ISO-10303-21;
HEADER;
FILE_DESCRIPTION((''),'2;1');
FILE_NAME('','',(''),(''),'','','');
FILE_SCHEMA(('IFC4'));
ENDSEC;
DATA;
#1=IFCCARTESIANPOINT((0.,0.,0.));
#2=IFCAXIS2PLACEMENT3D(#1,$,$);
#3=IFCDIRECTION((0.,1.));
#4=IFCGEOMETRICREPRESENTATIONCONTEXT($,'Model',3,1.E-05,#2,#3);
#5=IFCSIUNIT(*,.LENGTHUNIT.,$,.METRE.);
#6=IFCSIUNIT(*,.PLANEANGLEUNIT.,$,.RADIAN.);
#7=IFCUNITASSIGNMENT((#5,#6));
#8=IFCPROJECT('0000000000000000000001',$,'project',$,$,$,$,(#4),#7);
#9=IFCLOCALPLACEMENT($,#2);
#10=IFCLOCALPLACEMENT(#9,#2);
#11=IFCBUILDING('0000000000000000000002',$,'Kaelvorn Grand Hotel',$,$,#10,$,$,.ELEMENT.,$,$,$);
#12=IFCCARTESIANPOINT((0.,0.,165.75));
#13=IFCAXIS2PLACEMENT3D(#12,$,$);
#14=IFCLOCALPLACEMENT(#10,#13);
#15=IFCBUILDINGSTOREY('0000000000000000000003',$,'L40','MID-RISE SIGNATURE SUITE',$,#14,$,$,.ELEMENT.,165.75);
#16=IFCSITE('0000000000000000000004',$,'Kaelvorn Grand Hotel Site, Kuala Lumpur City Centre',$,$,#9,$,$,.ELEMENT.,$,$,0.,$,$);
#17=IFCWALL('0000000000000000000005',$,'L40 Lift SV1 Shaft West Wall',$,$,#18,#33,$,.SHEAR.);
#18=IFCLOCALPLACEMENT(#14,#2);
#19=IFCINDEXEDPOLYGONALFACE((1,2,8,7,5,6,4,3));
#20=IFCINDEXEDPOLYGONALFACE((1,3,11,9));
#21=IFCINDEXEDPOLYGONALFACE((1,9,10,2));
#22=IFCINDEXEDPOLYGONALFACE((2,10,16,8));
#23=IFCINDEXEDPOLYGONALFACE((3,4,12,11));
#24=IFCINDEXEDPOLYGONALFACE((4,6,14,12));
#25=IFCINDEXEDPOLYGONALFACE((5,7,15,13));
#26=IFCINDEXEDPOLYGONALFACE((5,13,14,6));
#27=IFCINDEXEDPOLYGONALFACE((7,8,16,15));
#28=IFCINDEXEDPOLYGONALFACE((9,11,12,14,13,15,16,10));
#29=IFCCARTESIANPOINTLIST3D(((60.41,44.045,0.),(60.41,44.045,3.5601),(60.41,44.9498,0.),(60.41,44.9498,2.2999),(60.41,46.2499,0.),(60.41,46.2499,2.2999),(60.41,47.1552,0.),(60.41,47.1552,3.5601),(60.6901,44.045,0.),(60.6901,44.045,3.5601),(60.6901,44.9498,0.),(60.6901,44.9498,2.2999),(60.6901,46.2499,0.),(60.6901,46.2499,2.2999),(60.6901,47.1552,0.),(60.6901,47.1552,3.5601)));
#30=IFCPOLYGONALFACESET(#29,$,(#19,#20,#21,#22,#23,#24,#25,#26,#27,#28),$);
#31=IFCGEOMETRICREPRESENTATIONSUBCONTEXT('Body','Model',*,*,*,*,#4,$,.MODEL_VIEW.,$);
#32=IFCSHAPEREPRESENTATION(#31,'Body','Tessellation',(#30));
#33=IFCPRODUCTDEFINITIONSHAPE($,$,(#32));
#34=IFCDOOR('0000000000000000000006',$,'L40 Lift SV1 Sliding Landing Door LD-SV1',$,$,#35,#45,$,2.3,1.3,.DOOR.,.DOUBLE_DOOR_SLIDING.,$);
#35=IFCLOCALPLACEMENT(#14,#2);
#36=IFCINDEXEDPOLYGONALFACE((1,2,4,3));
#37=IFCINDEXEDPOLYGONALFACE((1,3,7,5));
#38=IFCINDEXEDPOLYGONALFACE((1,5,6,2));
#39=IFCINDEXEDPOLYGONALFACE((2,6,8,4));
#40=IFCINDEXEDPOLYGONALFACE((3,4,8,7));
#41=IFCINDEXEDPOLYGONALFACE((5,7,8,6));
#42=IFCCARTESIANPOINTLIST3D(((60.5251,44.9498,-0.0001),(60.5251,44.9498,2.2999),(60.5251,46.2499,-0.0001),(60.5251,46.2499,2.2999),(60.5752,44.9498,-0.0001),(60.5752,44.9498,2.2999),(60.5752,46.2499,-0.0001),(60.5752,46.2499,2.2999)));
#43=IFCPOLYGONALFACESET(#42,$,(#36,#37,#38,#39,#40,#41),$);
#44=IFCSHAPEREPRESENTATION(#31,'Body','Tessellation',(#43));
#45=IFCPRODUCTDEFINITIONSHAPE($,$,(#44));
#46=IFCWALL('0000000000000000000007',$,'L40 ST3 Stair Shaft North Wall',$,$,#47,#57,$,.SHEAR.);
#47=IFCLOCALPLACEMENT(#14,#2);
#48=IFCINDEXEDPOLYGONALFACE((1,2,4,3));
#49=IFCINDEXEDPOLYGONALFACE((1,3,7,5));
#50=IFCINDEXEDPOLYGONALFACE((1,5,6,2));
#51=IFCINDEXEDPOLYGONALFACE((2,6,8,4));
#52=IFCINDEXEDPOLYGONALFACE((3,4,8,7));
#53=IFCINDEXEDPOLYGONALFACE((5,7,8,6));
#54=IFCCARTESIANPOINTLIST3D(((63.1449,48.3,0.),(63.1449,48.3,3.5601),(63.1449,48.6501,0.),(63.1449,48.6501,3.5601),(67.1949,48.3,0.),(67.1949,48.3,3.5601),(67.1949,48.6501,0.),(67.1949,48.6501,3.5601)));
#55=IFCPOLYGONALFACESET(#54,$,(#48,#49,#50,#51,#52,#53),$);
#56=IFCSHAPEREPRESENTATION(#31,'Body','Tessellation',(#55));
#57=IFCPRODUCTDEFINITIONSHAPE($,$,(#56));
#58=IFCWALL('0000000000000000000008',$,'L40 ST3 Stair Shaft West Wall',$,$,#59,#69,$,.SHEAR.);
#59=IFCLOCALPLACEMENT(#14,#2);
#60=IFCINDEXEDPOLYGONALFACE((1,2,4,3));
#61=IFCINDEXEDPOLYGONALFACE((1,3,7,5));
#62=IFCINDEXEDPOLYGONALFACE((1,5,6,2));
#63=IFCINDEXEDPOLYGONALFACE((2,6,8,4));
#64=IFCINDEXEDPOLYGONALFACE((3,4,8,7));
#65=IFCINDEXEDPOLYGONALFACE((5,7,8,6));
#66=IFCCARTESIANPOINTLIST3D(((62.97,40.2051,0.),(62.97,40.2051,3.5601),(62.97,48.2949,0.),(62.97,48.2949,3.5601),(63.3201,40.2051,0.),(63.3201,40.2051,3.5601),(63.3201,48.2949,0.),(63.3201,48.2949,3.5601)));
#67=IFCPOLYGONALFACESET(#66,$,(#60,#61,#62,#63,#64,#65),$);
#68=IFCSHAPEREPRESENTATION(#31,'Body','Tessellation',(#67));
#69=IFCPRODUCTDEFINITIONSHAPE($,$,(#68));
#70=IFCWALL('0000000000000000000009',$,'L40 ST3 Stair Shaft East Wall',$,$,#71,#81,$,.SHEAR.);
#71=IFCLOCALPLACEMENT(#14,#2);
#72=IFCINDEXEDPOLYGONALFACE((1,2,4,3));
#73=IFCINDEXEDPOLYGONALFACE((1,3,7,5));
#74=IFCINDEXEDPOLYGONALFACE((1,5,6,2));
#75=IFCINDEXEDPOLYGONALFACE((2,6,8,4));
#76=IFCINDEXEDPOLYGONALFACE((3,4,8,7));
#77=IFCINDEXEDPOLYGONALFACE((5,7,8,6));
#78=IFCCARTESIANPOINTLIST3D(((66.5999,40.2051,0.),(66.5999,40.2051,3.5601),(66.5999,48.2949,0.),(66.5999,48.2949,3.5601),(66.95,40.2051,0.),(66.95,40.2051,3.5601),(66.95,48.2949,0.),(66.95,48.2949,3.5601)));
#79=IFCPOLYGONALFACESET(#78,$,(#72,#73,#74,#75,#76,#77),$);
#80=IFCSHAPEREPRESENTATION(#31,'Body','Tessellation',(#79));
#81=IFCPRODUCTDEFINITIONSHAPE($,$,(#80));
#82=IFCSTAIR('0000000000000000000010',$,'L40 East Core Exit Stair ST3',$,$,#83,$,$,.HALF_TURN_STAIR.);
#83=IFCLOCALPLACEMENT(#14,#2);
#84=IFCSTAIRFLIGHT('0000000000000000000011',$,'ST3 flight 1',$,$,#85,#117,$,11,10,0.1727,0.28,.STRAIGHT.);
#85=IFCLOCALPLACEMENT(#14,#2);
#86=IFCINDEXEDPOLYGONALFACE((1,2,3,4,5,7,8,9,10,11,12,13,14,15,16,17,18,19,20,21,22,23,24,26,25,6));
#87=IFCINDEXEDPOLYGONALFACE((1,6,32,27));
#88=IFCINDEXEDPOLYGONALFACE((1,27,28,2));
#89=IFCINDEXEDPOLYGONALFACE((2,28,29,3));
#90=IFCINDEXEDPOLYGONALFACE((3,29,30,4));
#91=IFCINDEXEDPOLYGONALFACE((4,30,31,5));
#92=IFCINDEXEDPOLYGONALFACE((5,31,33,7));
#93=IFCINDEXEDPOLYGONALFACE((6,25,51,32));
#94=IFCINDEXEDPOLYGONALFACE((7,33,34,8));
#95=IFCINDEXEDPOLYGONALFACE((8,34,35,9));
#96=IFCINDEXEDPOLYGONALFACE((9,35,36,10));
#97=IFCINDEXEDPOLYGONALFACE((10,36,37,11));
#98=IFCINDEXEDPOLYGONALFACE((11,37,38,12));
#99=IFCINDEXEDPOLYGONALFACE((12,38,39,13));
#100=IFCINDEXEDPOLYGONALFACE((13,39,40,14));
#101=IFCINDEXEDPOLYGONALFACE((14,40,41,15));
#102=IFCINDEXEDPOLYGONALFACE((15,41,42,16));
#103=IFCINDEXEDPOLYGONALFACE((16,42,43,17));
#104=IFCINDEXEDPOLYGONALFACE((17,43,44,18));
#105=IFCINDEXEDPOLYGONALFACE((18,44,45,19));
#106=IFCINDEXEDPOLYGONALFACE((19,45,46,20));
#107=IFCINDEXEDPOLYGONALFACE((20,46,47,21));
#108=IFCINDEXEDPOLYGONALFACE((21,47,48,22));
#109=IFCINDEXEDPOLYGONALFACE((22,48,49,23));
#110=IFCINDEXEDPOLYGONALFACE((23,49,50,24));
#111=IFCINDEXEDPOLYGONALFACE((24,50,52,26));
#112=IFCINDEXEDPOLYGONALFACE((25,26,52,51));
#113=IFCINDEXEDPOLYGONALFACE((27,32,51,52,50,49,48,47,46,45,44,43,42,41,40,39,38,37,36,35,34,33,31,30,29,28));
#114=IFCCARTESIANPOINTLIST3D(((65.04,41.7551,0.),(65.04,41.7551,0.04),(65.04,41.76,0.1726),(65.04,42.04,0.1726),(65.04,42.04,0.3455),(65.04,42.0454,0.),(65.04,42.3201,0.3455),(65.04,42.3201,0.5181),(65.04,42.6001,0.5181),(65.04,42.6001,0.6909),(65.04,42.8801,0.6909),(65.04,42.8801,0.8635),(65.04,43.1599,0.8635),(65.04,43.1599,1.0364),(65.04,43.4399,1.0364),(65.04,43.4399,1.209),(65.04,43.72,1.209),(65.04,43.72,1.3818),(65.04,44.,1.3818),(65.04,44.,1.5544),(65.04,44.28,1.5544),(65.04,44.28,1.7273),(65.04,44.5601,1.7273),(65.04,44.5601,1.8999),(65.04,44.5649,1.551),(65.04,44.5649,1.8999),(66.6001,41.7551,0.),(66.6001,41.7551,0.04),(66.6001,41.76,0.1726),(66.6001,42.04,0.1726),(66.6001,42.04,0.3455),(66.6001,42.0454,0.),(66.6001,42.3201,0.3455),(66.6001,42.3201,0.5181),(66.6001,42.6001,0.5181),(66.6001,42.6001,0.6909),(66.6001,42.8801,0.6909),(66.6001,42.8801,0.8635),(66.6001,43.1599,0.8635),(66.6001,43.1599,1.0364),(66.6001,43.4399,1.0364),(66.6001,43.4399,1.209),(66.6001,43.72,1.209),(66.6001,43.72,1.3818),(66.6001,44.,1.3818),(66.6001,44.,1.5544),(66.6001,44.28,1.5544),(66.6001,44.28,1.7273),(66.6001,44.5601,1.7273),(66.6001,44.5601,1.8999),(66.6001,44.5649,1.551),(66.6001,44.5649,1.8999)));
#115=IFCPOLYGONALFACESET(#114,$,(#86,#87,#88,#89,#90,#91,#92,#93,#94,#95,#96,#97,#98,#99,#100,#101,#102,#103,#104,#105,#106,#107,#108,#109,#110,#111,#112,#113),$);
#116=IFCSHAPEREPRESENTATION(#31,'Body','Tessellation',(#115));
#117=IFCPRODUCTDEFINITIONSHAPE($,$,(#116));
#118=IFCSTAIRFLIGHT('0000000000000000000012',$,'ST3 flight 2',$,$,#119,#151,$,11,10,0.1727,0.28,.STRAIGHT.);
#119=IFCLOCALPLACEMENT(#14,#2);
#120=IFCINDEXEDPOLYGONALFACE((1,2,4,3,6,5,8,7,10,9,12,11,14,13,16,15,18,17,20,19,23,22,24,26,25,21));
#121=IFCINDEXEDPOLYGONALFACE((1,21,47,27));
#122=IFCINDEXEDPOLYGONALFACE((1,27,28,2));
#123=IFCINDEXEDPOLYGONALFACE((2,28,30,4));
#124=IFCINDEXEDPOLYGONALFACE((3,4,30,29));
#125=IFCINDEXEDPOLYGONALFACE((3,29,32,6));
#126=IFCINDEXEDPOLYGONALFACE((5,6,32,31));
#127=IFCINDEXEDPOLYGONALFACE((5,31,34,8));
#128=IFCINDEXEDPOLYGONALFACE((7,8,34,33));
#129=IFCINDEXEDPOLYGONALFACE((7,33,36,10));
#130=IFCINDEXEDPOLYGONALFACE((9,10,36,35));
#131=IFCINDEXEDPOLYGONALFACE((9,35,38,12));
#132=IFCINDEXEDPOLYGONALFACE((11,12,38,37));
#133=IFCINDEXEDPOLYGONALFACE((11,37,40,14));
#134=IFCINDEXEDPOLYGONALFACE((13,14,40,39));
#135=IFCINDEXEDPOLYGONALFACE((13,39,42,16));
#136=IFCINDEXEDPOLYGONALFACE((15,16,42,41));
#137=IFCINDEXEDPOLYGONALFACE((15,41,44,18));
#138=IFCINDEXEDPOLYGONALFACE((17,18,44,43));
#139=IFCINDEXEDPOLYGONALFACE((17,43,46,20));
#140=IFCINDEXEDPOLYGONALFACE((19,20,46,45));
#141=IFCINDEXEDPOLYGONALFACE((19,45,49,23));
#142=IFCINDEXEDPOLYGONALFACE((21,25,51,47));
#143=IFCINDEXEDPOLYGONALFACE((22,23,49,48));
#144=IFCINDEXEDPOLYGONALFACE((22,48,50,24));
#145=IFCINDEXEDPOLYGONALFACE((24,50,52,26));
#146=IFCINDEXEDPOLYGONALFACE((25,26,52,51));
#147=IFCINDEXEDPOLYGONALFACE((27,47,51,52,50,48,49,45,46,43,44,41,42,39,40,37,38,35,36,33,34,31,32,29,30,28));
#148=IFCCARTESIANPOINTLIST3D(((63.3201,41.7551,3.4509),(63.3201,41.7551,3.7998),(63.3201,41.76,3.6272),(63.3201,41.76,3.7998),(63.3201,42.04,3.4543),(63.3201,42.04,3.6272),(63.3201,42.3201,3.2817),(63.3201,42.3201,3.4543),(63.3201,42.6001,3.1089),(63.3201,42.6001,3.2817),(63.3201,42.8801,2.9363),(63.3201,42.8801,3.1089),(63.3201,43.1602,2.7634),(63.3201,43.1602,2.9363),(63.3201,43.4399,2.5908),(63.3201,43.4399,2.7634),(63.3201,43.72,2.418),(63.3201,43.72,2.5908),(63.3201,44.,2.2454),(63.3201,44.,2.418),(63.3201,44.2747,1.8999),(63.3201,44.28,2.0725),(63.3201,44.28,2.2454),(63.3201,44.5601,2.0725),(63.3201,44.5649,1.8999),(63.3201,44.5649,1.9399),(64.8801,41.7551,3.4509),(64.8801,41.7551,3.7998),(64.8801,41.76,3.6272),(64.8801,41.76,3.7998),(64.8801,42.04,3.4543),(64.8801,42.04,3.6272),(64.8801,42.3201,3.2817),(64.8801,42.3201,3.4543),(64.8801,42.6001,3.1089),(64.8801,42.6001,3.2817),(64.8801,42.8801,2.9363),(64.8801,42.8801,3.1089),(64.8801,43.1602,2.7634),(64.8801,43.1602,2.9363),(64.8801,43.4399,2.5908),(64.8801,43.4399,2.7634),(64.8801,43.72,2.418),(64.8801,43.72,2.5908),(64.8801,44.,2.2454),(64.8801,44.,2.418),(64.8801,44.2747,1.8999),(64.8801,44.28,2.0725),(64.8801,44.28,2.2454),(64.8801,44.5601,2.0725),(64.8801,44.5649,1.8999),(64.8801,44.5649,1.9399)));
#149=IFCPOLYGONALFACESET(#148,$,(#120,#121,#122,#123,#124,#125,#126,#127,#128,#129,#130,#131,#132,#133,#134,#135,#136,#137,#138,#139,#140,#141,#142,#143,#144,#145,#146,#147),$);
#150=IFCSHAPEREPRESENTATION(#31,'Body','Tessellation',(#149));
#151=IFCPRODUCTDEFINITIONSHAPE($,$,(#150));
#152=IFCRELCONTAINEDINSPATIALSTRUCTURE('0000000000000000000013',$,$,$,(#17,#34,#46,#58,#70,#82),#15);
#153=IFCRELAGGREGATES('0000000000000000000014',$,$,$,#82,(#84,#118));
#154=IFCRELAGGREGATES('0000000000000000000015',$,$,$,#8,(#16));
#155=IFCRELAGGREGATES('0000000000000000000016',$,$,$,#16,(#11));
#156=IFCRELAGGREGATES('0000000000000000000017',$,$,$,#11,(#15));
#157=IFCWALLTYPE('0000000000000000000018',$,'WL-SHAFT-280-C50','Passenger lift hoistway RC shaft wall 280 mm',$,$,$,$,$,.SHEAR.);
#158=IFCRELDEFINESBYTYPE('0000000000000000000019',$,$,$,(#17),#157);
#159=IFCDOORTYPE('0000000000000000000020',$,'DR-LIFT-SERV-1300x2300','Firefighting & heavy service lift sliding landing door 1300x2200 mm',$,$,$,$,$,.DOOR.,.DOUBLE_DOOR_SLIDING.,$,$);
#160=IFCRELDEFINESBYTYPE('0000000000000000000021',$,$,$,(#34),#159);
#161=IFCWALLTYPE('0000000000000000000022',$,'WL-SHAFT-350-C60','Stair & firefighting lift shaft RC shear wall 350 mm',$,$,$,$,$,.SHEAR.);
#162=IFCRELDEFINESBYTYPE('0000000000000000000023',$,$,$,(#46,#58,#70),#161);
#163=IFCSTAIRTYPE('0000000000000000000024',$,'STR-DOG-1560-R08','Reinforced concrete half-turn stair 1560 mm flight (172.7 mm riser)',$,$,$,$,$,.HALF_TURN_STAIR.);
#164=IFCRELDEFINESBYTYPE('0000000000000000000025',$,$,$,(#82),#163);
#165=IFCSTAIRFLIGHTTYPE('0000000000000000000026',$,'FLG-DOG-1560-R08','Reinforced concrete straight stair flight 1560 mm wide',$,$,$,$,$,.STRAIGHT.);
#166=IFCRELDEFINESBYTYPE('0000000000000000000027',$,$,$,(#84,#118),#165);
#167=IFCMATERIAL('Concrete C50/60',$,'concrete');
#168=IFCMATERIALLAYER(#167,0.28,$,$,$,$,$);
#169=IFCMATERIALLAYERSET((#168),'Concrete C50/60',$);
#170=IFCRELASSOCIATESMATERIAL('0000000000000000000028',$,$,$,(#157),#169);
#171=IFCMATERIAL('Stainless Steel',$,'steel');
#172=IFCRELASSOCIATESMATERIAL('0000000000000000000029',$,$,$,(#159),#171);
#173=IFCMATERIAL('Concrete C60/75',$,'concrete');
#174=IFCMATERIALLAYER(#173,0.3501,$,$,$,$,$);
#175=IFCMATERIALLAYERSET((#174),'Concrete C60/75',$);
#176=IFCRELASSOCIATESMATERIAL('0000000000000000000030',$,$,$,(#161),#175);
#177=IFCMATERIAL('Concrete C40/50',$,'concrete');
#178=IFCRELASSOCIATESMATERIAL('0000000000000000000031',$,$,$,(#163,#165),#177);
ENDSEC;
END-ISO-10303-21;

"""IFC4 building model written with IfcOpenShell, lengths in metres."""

from ifc_helpers import new_model, si_unit, direction, frame, frame_2d, origin, place, context, subcontext, project, spatial, polyline, rectangle, outline, extrude, material, layer, layer_set, type_object, element, fill, aggregate, save


model = new_model("IFC4")

# Units and contexts
model_context = context("Model", 3, precision=1e-05, world=origin(), true_north=direction((0.0, 1.0)))
body_context = subcontext(model_context, "Body", "Model", "MODEL_VIEW")
ifc_project = project(units=[si_unit("LENGTHUNIT", "METRE"), si_unit("PLANEANGLEUNIT", "RADIAN")], contexts=[model_context])

# Site, building, storey
site_placement = place(None, origin())
site = spatial("IfcSite", under=ifc_project, at=site_placement, Name="Kaelvorn Grand Hotel Site, Kuala Lumpur City Centre", CompositionType="ELEMENT", RefElevation=0.0)
building_placement = place(site_placement, origin())
building = spatial("IfcBuilding", under=site, at=building_placement, Name="Kaelvorn Grand Hotel", CompositionType="ELEMENT")
storey_placement = place(building_placement, frame((0.0, 0.0, 165.75)))
storey = spatial("IfcBuildingStorey", under=building, at=storey_placement, Name="L40", Description="MID-RISE SIGNATURE SUITE", CompositionType="ELEMENT", Elevation=165.75)

# Shared definitions
ifc_material_1 = material(Name="Concrete C60/75", Category="concrete")

# Shared definitions
ifc_material_2 = material(Name="Concrete C50/60", Category="concrete")

# Shared definitions
ifc_material_3 = material(Name="Concrete C40/50", Category="concrete")

# Shared definitions
ifc_layer_1 = layer(ifc_material_2, 0.28)
ifc_layer_set_1 = layer_set([ifc_layer_1], Name="Concrete C50/60")
wall_type_1 = type_object("IfcWallType", Name="WL-SHAFT-280-C50", Description="Passenger lift hoistway RC shaft wall 280 mm", PredefinedType="SHEAR", material=ifc_layer_set_1)

# Shared definitions
ifc_material_4 = material(Name="Stainless Steel", Category="steel")
door_type_1 = type_object("IfcDoorType", Name="DR-LIFT-SERV-1300x2300", Description="Firefighting & heavy service lift sliding landing door 1300x2200 mm", OperationType="DOUBLE_DOOR_SLIDING", PredefinedType="DOOR", material=ifc_material_4)

# Wall, opening, door
wall_1_placement = place(storey_placement, frame((60.55, 44.0449, 0.0), z_axis=(0.0, 0.0, 1.0), x_axis=(0.0, 1.0, 0.0)))
wall_1 = element("IfcWall", 1, at=wall_1_placement, inside=storey, type_object=wall_type_1, Name="L40 Lift SV1 Shaft West Wall", PredefinedType="SHEAR", context=body_context, shape_type="SweptSolid", body=[
    extrude(rectangle(XDim=3.1101, YDim=0.28, at=frame_2d((1.5552, 0.0))), origin(), (0.0, 0.0, 1.0), 3.5601),
])
opening_1_placement = place(wall_1_placement, frame((0.905, 0.0, 0.0)))
opening_1 = element("IfcOpeningElement", 2, at=opening_1_placement, cuts=wall_1, PredefinedType="OPENING", context=body_context, shape_type="SweptSolid", body=[
    extrude(rectangle(XDim=1.3, YDim=2.3, at=frame_2d((0.6499, 1.1499))), frame((0.0, 0.1499, 0.0), z_axis=(0.0, -1.0, 0.0), x_axis=(1.0, 0.0, 0.0)), (0.0, 0.0, 1.0), 0.3),
])
door_1_placement = place(opening_1_placement, origin())
door_1 = element("IfcDoor", 3, at=door_1_placement, inside=storey, type_object=door_type_1, Name="L40 Lift SV1 Sliding Landing Door LD-SV1", OperationType="DOUBLE_DOOR_SLIDING", OverallHeight=2.3, OverallWidth=1.3, PredefinedType="DOOR", context=body_context, shape_type="SweptSolid", body=[
    extrude(rectangle(XDim=1.3, YDim=2.3, at=frame_2d((0.6499, 1.1499))), frame((0.0, 0.0249, 0.0), z_axis=(0.0, -1.0, 0.0), x_axis=(1.0, 0.0, 0.0)), (0.0, 0.0, 1.0), 0.05),
])
fill(opening_1, door_1)
ifc_layer_2 = layer(ifc_material_1, 0.3501)
ifc_layer_set_2 = layer_set([ifc_layer_2], Name="Concrete C60/75")
wall_type_2 = type_object("IfcWallType", Name="WL-SHAFT-350-C60", Description="Stair & firefighting lift shaft RC shear wall 350 mm", PredefinedType="SHEAR", material=ifc_layer_set_2)

# Walls
wall_2_placement = place(storey_placement, frame((63.145, 48.4751, 0.0), z_axis=(0.0, 0.0, 1.0), x_axis=(1.0, 0.0, 0.0)))
element("IfcWall", 4, at=wall_2_placement, inside=storey, type_object=wall_type_2, Name="L40 ST3 Stair Shaft North Wall", PredefinedType="SHEAR", context=body_context, shape_type="SweptSolid", body=[
    extrude(rectangle(XDim=4.05, YDim=0.3501, at=frame_2d((2.0249, 0.0))), origin(), (0.0, 0.0, 1.0), 3.5601),
])
for number, where, z_axis, x_axis, name in (
    (5, (63.145, 40.2051, 0.0), (0.0, 0.0, 1.0), (0.0, 1.0, 0.0), "L40 ST3 Stair Shaft West Wall"),
    (6, (66.7749, 40.2051, 0.0), (0.0, 0.0, 1.0), (0.0, 1.0, 0.0), "L40 ST3 Stair Shaft East Wall"),
):
    element("IfcWall", number, at=place(storey_placement, frame(where, z_axis=z_axis, x_axis=x_axis)), inside=storey, type_object=wall_type_2, Name=name, PredefinedType="SHEAR", context=body_context, shape_type="SweptSolid", body=[
        extrude(rectangle(XDim=8.0898, YDim=0.3501, at=frame_2d((4.0449, 0.0))), origin(), (0.0, 0.0, 1.0), 3.5601),
    ])

# Stair, stair flights
stair_type = type_object("IfcStairType", Name="STR-DOG-1560-R08", Description="Reinforced concrete half-turn stair 1560 mm flight (172.7 mm riser)", PredefinedType="HALF_TURN_STAIR", material=ifc_material_3)
stair_placement = place(storey_placement, origin())
stair = element("IfcStair", 7, at=stair_placement, inside=storey, type_object=stair_type, Name="L40 East Core Exit Stair ST3", PredefinedType="HALF_TURN_STAIR")
stair_flight_type = type_object("IfcStairFlightType", Name="FLG-DOG-1560-R08", Description="Reinforced concrete straight stair flight 1560 mm wide", PredefinedType="STRAIGHT", material=ifc_material_3)
stair_flight_1_placement = place(storey_placement, frame((65.8201, 41.76, 0.0), z_axis=(0.0, 0.0, 1.0), x_axis=(0.0, 1.0, 0.0)))
stair_flight_1 = element("IfcStairFlight", 8, at=stair_flight_1_placement, type_object=stair_flight_type, Name="ST3 flight 1", NumberOfRisers=11, NumberOfTreads=10, PredefinedType="STRAIGHT", RiserHeight=0.1727, TreadLength=0.28, context=body_context, shape_type="SweptSolid", body=[
    extrude(outline(polyline([(-0.0049, 0.0), (-0.0049, 0.04), (0.0, 0.1726), (0.28, 0.1726), (0.28, 0.3455), (0.5601, 0.3455), (0.5601, 0.5181), (0.8401, 0.5181), (0.8401, 0.6909), (1.1201, 0.6909), (1.1201, 0.8635), (1.3999, 0.8635), (1.3999, 1.0364), (1.6799, 1.0364), (1.6799, 1.209), (1.96, 1.209), (1.96, 1.3818), (2.24, 1.3818), (2.24, 1.5544), (2.52, 1.5544), (2.52, 1.7273), (2.8, 1.7273), (2.8, 1.8999), (2.8049, 1.8999), (2.8049, 1.551), (0.2854, 0.0), (-0.0049, 0.0)])), frame((0.0, 0.78, 0.0), z_axis=(0.0, -1.0, 0.0), x_axis=(1.0, 0.0, 0.0)), (0.0, 0.0, 1.0), 1.5601),
])
stair_flight_2_placement = place(storey_placement, frame((64.1001, 44.5601, 1.8999), z_axis=(0.0, 0.0, 1.0), x_axis=(0.0, -1.0, 0.0)))
stair_flight_2 = element("IfcStairFlight", 9, at=stair_flight_2_placement, type_object=stair_flight_type, Name="ST3 flight 2", NumberOfRisers=11, NumberOfTreads=10, PredefinedType="STRAIGHT", RiserHeight=0.1727, TreadLength=0.28, context=body_context, shape_type="SweptSolid", body=[
    extrude(outline(polyline([(-0.0049, 0.0), (-0.0049, 0.04), (0.0, 0.1726), (0.28, 0.1726), (0.28, 0.3455), (0.5601, 0.3455), (0.5601, 0.5181), (0.8401, 0.5181), (0.8401, 0.6909), (1.1201, 0.6909), (1.1201, 0.8635), (1.3999, 0.8635), (1.3999, 1.0364), (1.6799, 1.0364), (1.6799, 1.209), (1.96, 1.209), (1.96, 1.3818), (2.24, 1.3818), (2.24, 1.5544), (2.52, 1.5544), (2.52, 1.7273), (2.8, 1.7273), (2.8, 1.8999), (2.8049, 1.8999), (2.8049, 1.551), (0.2854, 0.0), (-0.0049, 0.0)])), frame((0.0, 0.78, 0.0), z_axis=(0.0, -1.0, 0.0), x_axis=(1.0, 0.0, 0.0)), (0.0, 0.0, 1.0), 1.5601),
])
aggregate(stair, [stair_flight_1, stair_flight_2])

save(model, "model.ifc")
